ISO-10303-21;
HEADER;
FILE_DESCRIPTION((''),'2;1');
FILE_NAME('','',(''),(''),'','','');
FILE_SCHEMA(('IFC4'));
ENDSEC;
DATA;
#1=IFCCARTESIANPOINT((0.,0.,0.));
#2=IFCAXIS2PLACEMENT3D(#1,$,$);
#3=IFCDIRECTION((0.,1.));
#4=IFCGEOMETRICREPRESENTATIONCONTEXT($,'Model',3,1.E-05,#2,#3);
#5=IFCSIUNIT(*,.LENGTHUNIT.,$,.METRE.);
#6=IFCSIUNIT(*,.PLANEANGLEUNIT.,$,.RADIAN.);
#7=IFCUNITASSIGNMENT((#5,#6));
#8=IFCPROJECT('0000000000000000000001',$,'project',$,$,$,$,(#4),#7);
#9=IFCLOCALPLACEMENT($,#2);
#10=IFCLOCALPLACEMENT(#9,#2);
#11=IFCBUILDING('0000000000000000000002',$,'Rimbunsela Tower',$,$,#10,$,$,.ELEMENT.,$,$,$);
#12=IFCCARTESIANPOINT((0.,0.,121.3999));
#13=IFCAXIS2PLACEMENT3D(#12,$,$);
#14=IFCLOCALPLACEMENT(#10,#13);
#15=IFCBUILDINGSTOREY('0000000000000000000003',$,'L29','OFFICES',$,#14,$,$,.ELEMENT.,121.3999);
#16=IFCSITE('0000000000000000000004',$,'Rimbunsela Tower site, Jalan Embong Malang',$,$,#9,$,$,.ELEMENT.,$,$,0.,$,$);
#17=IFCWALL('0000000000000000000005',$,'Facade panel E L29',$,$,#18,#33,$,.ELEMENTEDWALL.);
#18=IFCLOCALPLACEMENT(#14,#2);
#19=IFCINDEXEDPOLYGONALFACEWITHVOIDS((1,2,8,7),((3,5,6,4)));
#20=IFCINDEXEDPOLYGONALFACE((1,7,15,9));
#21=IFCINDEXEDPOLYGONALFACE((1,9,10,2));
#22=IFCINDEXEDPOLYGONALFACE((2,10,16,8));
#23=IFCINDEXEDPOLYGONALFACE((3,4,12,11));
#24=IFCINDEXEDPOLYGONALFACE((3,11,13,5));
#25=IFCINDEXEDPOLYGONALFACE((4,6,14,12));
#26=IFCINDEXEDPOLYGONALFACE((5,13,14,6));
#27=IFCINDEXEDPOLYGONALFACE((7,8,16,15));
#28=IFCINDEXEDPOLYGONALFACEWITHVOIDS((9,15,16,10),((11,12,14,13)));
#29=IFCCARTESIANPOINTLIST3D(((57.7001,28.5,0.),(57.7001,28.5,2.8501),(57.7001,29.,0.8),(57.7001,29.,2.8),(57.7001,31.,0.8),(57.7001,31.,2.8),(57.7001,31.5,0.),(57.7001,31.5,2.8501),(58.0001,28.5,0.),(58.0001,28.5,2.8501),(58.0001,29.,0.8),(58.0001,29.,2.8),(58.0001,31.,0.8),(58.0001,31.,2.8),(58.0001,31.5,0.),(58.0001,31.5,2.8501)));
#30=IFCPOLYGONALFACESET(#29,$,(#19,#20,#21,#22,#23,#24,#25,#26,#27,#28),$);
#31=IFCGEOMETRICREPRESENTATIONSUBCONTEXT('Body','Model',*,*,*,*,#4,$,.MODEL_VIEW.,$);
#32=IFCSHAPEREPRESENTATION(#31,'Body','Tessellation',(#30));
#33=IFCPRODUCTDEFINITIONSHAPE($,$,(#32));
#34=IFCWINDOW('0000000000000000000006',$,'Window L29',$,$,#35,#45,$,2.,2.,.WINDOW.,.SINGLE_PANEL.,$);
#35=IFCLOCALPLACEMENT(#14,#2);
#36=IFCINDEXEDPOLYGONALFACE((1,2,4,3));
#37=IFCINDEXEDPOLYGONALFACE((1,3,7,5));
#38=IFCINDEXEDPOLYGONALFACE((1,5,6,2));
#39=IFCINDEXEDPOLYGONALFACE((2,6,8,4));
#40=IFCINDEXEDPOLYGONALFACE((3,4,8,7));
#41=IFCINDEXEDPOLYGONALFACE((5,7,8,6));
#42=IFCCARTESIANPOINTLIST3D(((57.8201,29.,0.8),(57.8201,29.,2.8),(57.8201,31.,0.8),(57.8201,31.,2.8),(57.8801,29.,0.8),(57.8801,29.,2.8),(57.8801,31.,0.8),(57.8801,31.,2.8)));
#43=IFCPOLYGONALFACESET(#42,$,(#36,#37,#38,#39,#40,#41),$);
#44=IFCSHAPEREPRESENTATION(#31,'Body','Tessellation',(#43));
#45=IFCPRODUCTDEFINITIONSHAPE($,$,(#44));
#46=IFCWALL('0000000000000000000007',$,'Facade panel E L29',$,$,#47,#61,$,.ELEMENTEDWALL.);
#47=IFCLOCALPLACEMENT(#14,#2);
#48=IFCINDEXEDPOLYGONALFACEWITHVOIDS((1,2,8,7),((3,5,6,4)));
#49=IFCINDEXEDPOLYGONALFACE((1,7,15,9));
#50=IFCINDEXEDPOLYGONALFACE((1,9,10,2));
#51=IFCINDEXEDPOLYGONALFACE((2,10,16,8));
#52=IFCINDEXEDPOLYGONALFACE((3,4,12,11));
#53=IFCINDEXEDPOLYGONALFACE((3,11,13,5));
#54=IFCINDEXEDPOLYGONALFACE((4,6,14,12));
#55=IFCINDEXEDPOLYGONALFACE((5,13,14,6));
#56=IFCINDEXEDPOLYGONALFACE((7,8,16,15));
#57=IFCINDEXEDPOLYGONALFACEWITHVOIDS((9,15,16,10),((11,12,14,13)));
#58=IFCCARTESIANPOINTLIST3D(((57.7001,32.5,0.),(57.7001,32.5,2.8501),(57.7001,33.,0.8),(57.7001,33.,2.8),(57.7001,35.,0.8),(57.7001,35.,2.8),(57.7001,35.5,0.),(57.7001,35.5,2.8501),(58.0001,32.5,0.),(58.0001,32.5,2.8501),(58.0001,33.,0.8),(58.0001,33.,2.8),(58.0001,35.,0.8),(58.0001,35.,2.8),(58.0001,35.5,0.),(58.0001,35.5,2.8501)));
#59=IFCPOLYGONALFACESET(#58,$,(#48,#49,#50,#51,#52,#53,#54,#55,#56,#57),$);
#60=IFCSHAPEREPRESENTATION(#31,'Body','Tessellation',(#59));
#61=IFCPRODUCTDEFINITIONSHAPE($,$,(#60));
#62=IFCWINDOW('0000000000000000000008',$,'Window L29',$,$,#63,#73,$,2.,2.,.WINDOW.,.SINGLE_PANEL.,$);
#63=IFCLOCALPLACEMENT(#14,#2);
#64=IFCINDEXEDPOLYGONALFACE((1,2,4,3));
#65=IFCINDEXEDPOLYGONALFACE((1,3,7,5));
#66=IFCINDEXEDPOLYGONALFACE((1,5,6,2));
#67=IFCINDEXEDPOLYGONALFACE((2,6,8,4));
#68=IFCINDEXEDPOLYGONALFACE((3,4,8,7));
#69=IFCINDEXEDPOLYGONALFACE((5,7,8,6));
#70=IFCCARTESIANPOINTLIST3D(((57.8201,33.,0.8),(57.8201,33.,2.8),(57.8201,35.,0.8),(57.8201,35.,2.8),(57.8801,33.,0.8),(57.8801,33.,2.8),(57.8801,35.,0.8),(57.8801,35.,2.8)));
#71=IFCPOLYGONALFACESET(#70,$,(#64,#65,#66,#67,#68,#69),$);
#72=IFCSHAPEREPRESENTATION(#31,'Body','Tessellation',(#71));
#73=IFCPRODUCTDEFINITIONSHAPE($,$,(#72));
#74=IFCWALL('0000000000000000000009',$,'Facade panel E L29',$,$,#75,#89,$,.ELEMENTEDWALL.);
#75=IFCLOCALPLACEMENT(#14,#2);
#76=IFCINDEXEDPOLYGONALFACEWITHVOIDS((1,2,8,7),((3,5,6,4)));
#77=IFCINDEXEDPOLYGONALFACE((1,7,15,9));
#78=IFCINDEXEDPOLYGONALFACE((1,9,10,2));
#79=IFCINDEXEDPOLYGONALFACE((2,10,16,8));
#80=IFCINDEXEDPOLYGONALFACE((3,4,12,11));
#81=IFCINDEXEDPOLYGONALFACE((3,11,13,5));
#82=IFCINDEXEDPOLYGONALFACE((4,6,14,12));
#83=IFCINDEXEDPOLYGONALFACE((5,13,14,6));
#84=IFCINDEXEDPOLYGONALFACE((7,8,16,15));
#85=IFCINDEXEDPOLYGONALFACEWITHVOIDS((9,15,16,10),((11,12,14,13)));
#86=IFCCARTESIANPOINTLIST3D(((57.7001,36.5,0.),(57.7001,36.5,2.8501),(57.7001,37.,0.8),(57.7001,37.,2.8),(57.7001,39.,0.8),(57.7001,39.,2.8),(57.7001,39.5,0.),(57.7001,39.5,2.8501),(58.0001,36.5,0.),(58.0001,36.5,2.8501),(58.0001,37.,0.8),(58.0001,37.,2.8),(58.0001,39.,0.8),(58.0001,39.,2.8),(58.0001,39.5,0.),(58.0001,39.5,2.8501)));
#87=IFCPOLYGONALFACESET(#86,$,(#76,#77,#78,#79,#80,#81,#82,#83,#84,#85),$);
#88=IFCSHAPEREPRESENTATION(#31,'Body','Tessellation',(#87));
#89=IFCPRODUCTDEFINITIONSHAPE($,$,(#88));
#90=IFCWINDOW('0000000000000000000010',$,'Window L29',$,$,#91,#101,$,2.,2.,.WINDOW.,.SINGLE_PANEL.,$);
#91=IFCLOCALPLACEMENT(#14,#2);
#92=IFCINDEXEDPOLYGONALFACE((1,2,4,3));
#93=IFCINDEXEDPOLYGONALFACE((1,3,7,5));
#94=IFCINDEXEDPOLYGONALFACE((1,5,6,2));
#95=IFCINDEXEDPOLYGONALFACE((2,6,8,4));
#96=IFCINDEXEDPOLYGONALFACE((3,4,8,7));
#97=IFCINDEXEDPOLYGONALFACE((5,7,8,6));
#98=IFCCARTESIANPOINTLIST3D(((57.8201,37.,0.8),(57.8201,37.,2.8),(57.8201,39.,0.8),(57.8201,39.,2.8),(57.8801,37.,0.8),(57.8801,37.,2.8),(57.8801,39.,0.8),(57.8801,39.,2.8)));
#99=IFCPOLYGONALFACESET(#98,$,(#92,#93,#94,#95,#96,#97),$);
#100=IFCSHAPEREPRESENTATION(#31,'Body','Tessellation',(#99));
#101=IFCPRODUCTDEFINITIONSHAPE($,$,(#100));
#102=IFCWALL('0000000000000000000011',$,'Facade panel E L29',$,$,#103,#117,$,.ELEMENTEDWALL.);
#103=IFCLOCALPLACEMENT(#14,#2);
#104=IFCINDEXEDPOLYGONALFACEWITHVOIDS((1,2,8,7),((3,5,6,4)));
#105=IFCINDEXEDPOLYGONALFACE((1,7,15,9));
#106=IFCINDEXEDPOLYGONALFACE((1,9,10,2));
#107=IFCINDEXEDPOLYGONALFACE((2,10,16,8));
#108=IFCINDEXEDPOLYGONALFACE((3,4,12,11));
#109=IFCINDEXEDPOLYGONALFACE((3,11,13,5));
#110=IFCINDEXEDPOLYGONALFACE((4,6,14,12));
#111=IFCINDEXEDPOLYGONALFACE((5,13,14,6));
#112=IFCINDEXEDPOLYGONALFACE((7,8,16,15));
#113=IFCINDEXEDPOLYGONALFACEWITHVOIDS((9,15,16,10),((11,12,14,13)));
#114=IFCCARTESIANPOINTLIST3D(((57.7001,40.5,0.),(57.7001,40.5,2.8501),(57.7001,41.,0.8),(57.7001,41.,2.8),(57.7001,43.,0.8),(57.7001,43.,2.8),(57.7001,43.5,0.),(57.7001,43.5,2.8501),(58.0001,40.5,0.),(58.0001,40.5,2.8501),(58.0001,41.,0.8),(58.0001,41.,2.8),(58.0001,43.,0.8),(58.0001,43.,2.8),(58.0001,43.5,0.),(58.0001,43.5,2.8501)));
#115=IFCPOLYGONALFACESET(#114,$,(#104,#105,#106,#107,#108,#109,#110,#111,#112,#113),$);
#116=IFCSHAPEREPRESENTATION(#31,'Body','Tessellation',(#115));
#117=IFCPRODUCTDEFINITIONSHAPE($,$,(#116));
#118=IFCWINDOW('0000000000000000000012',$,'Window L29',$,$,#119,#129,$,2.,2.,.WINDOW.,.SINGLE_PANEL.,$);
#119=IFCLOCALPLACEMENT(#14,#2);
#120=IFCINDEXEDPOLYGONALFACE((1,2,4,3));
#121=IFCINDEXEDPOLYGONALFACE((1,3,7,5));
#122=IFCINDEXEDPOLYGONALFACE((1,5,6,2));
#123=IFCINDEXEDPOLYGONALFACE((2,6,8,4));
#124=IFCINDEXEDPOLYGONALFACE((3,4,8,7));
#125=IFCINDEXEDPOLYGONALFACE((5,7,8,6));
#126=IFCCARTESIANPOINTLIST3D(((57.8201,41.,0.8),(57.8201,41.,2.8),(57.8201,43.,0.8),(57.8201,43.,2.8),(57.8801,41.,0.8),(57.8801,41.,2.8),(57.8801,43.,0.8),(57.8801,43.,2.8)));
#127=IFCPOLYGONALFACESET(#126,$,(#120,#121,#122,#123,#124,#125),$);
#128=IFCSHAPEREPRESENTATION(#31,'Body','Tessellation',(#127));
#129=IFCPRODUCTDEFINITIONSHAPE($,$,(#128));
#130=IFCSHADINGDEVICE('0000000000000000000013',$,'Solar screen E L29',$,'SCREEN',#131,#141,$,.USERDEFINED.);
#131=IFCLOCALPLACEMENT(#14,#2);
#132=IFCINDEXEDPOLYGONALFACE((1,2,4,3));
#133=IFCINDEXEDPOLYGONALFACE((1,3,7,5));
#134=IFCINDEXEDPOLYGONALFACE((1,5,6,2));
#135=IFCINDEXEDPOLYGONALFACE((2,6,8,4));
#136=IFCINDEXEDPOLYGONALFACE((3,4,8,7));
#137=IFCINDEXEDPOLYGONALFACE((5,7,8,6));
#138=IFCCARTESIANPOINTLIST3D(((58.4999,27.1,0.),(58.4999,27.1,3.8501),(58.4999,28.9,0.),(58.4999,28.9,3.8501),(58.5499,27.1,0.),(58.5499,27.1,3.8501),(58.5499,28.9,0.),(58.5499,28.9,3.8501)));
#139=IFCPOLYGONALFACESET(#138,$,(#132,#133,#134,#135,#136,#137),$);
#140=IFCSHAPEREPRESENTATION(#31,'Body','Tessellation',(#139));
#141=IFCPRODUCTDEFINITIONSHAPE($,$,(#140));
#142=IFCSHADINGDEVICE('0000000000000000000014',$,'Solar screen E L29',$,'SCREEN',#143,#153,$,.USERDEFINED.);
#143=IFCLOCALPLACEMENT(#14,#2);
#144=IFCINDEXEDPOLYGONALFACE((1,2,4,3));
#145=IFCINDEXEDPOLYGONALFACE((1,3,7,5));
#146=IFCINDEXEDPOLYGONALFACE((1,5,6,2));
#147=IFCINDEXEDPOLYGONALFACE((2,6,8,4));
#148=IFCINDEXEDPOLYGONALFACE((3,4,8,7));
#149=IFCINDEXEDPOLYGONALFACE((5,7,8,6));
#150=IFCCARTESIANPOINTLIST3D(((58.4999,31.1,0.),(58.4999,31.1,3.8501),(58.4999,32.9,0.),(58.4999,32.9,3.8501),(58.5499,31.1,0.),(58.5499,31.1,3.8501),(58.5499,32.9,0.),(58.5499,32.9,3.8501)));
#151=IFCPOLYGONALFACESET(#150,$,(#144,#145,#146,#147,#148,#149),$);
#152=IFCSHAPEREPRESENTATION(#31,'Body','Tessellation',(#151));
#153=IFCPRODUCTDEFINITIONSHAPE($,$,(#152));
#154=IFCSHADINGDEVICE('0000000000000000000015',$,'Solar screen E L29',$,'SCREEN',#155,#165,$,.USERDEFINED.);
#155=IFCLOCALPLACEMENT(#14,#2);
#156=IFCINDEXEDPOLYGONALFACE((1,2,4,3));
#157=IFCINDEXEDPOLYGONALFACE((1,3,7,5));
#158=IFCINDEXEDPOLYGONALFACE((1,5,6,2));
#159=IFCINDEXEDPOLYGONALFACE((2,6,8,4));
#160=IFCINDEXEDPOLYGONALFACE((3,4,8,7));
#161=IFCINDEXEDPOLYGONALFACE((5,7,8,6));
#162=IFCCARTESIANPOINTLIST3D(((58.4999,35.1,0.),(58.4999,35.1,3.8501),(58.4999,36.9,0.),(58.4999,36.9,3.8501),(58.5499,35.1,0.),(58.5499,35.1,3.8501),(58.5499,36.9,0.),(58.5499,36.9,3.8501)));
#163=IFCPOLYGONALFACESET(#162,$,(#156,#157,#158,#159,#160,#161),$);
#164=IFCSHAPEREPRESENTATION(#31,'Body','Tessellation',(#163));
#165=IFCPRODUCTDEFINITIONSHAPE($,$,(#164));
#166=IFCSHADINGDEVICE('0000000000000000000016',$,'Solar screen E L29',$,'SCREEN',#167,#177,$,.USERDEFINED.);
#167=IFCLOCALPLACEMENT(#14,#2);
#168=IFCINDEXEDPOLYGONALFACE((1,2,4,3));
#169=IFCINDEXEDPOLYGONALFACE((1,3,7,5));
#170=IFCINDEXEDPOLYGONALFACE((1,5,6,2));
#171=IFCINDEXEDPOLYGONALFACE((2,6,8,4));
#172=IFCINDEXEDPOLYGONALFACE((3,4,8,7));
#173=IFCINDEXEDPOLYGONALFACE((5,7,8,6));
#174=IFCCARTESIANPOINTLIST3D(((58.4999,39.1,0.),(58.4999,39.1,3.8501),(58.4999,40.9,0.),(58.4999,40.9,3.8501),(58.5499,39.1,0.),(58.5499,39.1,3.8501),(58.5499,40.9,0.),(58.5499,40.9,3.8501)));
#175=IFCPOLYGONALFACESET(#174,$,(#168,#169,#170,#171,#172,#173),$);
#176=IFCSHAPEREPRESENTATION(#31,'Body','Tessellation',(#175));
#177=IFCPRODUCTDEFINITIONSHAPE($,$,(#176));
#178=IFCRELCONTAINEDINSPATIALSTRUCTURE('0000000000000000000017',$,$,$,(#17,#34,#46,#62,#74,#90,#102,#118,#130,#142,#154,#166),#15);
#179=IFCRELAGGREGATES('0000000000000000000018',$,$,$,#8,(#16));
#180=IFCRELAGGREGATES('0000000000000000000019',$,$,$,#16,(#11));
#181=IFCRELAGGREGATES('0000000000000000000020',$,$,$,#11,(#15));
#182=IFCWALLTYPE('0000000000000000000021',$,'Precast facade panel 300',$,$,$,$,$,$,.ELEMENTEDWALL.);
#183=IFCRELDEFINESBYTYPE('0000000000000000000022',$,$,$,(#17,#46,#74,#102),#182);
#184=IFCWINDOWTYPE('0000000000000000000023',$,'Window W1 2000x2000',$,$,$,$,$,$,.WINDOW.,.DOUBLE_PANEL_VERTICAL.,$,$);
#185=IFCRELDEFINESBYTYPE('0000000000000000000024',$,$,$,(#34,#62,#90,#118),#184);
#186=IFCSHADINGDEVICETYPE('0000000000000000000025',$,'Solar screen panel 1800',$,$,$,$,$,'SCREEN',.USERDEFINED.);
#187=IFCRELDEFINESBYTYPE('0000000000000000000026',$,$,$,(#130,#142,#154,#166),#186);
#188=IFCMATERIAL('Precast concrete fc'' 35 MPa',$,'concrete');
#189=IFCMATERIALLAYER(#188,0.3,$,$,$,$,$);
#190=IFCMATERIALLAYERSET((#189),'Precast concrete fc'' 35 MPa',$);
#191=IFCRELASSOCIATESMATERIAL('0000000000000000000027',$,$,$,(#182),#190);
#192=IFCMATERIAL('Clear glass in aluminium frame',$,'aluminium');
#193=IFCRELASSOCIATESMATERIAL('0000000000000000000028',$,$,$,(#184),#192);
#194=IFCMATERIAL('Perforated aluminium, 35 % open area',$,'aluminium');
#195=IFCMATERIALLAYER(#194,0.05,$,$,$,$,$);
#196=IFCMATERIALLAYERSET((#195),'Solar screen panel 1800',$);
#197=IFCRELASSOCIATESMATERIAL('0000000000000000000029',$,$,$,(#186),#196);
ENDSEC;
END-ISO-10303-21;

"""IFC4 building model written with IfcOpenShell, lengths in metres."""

from ifc_helpers import new_model, si_unit, direction, frame, frame_2d, origin, origin_2d, place, context, subcontext, project, spatial, rectangle, extrude, material, layer, layer_set, type_object, element, fill, save


model = new_model("IFC4")

# Units and contexts
model_context = context("Model", 3, precision=1e-05, world=origin(), true_north=direction((0.0, 1.0)))
body_context = subcontext(model_context, "Body", "Model", "MODEL_VIEW")
ifc_project = project(units=[si_unit("LENGTHUNIT", "METRE"), si_unit("PLANEANGLEUNIT", "RADIAN")], contexts=[model_context])

# Site, building, storey
site_placement = place(None, origin())
site = spatial("IfcSite", under=ifc_project, at=site_placement, Name="Rimbunsela Tower site, Jalan Embong Malang", CompositionType="ELEMENT", RefElevation=0.0)
building_placement = place(site_placement, origin())
building = spatial("IfcBuilding", under=site, at=building_placement, Name="Rimbunsela Tower", CompositionType="ELEMENT")
storey_placement = place(building_placement, frame((0.0, 0.0, 121.3999)))
storey = spatial("IfcBuildingStorey", under=building, at=storey_placement, Name="L29", Description="OFFICES", CompositionType="ELEMENT", Elevation=121.3999)

# Walls, openings, windows
ifc_material_1 = material(Name="Precast concrete fc' 35 MPa", Category="concrete")
ifc_layer_1 = layer(ifc_material_1, 0.3)
ifc_layer_set_1 = layer_set([ifc_layer_1], Name="Precast concrete fc' 35 MPa")
wall_type_1 = type_object("IfcWallType", Name="Precast facade panel 300", PredefinedType="ELEMENTEDWALL", material=ifc_layer_set_1)
wall_1_placement = place(storey_placement, frame((57.8501, 28.5, 0.0), z_axis=(0.0, 0.0, 1.0), x_axis=(0.0, 1.0, 0.0)))
wall_1 = element("IfcWall", 1, at=wall_1_placement, inside=storey, type_object=wall_type_1, Name="Facade panel E L29", PredefinedType="ELEMENTEDWALL", context=body_context, shape_type="SweptSolid", body=[
    extrude(rectangle(XDim=3.0, YDim=0.3, at=frame_2d((1.5, 0.0))), origin(), (0.0, 0.0, 1.0), 2.8501),
])
opening_1_placement = place(wall_1_placement, frame((0.5, 0.0, 0.8)))
opening_1 = element("IfcOpeningElement", 2, at=opening_1_placement, cuts=wall_1, PredefinedType="OPENING", context=body_context, shape_type="SweptSolid", body=[
    extrude(rectangle(XDim=2.0, YDim=2.0, at=frame_2d((1.0, 1.0))), frame((0.0, 0.1599, 0.0), z_axis=(0.0, -1.0, 0.0), x_axis=(1.0, 0.0, 0.0)), (0.0, 0.0, 1.0), 0.3201),
])
ifc_material_2 = material(Name="Clear glass in aluminium frame", Category="aluminium")
window_type = type_object("IfcWindowType", Name="Window W1 2000x2000", PartitioningType="DOUBLE_PANEL_VERTICAL", PredefinedType="WINDOW", material=ifc_material_2)
window_1_placement = place(opening_1_placement, origin())
window_1 = element("IfcWindow", 3, at=window_1_placement, inside=storey, type_object=window_type, Name="Window L29", OverallHeight=2.0, OverallWidth=2.0, PartitioningType="SINGLE_PANEL", PredefinedType="WINDOW", context=body_context, shape_type="SweptSolid", body=[
    extrude(rectangle(XDim=2.0, YDim=2.0, at=frame_2d((1.0, 1.0))), frame((0.0, 0.03, 0.0), z_axis=(0.0, -1.0, 0.0), x_axis=(1.0, 0.0, 0.0)), (0.0, 0.0, 1.0), 0.0601),
])
fill(opening_1, window_1)
wall_2_placement = place(storey_placement, frame((57.8501, 32.5, 0.0), z_axis=(0.0, 0.0, 1.0), x_axis=(0.0, 1.0, 0.0)))
wall_2 = element("IfcWall", 4, at=wall_2_placement, inside=storey, type_object=wall_type_1, Name="Facade panel E L29", PredefinedType="ELEMENTEDWALL", context=body_context, shape_type="SweptSolid", body=[
    extrude(rectangle(XDim=3.0, YDim=0.3, at=frame_2d((1.5, 0.0))), origin(), (0.0, 0.0, 1.0), 2.8501),
])
opening_2_placement = place(wall_2_placement, frame((0.5, 0.0, 0.8)))
opening_2 = element("IfcOpeningElement", 5, at=opening_2_placement, cuts=wall_2, PredefinedType="OPENING", context=body_context, shape_type="SweptSolid", body=[
    extrude(rectangle(XDim=2.0, YDim=2.0, at=frame_2d((1.0, 1.0))), frame((0.0, 0.1599, 0.0), z_axis=(0.0, -1.0, 0.0), x_axis=(1.0, 0.0, 0.0)), (0.0, 0.0, 1.0), 0.3201),
])
window_2_placement = place(opening_2_placement, origin())
window_2 = element("IfcWindow", 6, at=window_2_placement, inside=storey, type_object=window_type, Name="Window L29", OverallHeight=2.0, OverallWidth=2.0, PartitioningType="SINGLE_PANEL", PredefinedType="WINDOW", context=body_context, shape_type="SweptSolid", body=[
    extrude(rectangle(XDim=2.0, YDim=2.0, at=frame_2d((1.0, 1.0))), frame((0.0, 0.03, 0.0), z_axis=(0.0, -1.0, 0.0), x_axis=(1.0, 0.0, 0.0)), (0.0, 0.0, 1.0), 0.0601),
])
fill(opening_2, window_2)
wall_3_placement = place(storey_placement, frame((57.8501, 36.5, 0.0), z_axis=(0.0, 0.0, 1.0), x_axis=(0.0, 1.0, 0.0)))
wall_3 = element("IfcWall", 7, at=wall_3_placement, inside=storey, type_object=wall_type_1, Name="Facade panel E L29", PredefinedType="ELEMENTEDWALL", context=body_context, shape_type="SweptSolid", body=[
    extrude(rectangle(XDim=3.0, YDim=0.3, at=frame_2d((1.5, 0.0))), origin(), (0.0, 0.0, 1.0), 2.8501),
])
opening_3_placement = place(wall_3_placement, frame((0.5, 0.0, 0.8)))
opening_3 = element("IfcOpeningElement", 8, at=opening_3_placement, cuts=wall_3, PredefinedType="OPENING", context=body_context, shape_type="SweptSolid", body=[
    extrude(rectangle(XDim=2.0, YDim=2.0, at=frame_2d((1.0, 1.0))), frame((0.0, 0.1599, 0.0), z_axis=(0.0, -1.0, 0.0), x_axis=(1.0, 0.0, 0.0)), (0.0, 0.0, 1.0), 0.3201),
])
window_3_placement = place(opening_3_placement, origin())
window_3 = element("IfcWindow", 9, at=window_3_placement, inside=storey, type_object=window_type, Name="Window L29", OverallHeight=2.0, OverallWidth=2.0, PartitioningType="SINGLE_PANEL", PredefinedType="WINDOW", context=body_context, shape_type="SweptSolid", body=[
    extrude(rectangle(XDim=2.0, YDim=2.0, at=frame_2d((1.0, 1.0))), frame((0.0, 0.03, 0.0), z_axis=(0.0, -1.0, 0.0), x_axis=(1.0, 0.0, 0.0)), (0.0, 0.0, 1.0), 0.0601),
])
fill(opening_3, window_3)
wall_4_placement = place(storey_placement, frame((57.8501, 40.5, 0.0), z_axis=(0.0, 0.0, 1.0), x_axis=(0.0, 1.0, 0.0)))
wall_4 = element("IfcWall", 10, at=wall_4_placement, inside=storey, type_object=wall_type_1, Name="Facade panel E L29", PredefinedType="ELEMENTEDWALL", context=body_context, shape_type="SweptSolid", body=[
    extrude(rectangle(XDim=3.0, YDim=0.3, at=frame_2d((1.5, 0.0))), origin(), (0.0, 0.0, 1.0), 2.8501),
])
opening_4_placement = place(wall_4_placement, frame((0.5, 0.0, 0.8)))
opening_4 = element("IfcOpeningElement", 11, at=opening_4_placement, cuts=wall_4, PredefinedType="OPENING", context=body_context, shape_type="SweptSolid", body=[
    extrude(rectangle(XDim=2.0, YDim=2.0, at=frame_2d((1.0, 1.0))), frame((0.0, 0.1599, 0.0), z_axis=(0.0, -1.0, 0.0), x_axis=(1.0, 0.0, 0.0)), (0.0, 0.0, 1.0), 0.3201),
])
window_4_placement = place(opening_4_placement, origin())
window_4 = element("IfcWindow", 12, at=window_4_placement, inside=storey, type_object=window_type, Name="Window L29", OverallHeight=2.0, OverallWidth=2.0, PartitioningType="SINGLE_PANEL", PredefinedType="WINDOW", context=body_context, shape_type="SweptSolid", body=[
    extrude(rectangle(XDim=2.0, YDim=2.0, at=frame_2d((1.0, 1.0))), frame((0.0, 0.03, 0.0), z_axis=(0.0, -1.0, 0.0), x_axis=(1.0, 0.0, 0.0)), (0.0, 0.0, 1.0), 0.0601),
])
fill(opening_4, window_4)

# Shading devices
ifc_material_3 = material(Name="Perforated aluminium, 35 % open area", Category="aluminium")
ifc_layer_2 = layer(ifc_material_3, 0.05)
ifc_layer_set_2 = layer_set([ifc_layer_2], Name="Solar screen panel 1800")
shading_device_type = type_object("IfcShadingDeviceType", Name="Solar screen panel 1800", ElementType="SCREEN", PredefinedType="USERDEFINED", material=ifc_layer_set_2)
for number, where, z_axis, x_axis, name in (
    (13, (58.5249, 28.0, 0.0), (0.0, 0.0, 1.0), (0.0, 1.0, 0.0), "Solar screen E L29"),
    (14, (58.5249, 32.0, 0.0), (0.0, 0.0, 1.0), (0.0, 1.0, 0.0), "Solar screen E L29"),
    (15, (58.5249, 36.0, 0.0), (0.0, 0.0, 1.0), (0.0, 1.0, 0.0), "Solar screen E L29"),
    (16, (58.5249, 40.0, 0.0), (0.0, 0.0, 1.0), (0.0, 1.0, 0.0), "Solar screen E L29"),
):
    element("IfcShadingDevice", number, at=place(storey_placement, frame(where, z_axis=z_axis, x_axis=x_axis)), inside=storey, type_object=shading_device_type, Name=name, ObjectType="SCREEN", PredefinedType="USERDEFINED", context=body_context, shape_type="SweptSolid", body=[
        extrude(rectangle(XDim=1.8, YDim=0.05, at=origin_2d()), origin(), (0.0, 0.0, 1.0), 3.8501),
    ])

save(model, "model.ifc")
